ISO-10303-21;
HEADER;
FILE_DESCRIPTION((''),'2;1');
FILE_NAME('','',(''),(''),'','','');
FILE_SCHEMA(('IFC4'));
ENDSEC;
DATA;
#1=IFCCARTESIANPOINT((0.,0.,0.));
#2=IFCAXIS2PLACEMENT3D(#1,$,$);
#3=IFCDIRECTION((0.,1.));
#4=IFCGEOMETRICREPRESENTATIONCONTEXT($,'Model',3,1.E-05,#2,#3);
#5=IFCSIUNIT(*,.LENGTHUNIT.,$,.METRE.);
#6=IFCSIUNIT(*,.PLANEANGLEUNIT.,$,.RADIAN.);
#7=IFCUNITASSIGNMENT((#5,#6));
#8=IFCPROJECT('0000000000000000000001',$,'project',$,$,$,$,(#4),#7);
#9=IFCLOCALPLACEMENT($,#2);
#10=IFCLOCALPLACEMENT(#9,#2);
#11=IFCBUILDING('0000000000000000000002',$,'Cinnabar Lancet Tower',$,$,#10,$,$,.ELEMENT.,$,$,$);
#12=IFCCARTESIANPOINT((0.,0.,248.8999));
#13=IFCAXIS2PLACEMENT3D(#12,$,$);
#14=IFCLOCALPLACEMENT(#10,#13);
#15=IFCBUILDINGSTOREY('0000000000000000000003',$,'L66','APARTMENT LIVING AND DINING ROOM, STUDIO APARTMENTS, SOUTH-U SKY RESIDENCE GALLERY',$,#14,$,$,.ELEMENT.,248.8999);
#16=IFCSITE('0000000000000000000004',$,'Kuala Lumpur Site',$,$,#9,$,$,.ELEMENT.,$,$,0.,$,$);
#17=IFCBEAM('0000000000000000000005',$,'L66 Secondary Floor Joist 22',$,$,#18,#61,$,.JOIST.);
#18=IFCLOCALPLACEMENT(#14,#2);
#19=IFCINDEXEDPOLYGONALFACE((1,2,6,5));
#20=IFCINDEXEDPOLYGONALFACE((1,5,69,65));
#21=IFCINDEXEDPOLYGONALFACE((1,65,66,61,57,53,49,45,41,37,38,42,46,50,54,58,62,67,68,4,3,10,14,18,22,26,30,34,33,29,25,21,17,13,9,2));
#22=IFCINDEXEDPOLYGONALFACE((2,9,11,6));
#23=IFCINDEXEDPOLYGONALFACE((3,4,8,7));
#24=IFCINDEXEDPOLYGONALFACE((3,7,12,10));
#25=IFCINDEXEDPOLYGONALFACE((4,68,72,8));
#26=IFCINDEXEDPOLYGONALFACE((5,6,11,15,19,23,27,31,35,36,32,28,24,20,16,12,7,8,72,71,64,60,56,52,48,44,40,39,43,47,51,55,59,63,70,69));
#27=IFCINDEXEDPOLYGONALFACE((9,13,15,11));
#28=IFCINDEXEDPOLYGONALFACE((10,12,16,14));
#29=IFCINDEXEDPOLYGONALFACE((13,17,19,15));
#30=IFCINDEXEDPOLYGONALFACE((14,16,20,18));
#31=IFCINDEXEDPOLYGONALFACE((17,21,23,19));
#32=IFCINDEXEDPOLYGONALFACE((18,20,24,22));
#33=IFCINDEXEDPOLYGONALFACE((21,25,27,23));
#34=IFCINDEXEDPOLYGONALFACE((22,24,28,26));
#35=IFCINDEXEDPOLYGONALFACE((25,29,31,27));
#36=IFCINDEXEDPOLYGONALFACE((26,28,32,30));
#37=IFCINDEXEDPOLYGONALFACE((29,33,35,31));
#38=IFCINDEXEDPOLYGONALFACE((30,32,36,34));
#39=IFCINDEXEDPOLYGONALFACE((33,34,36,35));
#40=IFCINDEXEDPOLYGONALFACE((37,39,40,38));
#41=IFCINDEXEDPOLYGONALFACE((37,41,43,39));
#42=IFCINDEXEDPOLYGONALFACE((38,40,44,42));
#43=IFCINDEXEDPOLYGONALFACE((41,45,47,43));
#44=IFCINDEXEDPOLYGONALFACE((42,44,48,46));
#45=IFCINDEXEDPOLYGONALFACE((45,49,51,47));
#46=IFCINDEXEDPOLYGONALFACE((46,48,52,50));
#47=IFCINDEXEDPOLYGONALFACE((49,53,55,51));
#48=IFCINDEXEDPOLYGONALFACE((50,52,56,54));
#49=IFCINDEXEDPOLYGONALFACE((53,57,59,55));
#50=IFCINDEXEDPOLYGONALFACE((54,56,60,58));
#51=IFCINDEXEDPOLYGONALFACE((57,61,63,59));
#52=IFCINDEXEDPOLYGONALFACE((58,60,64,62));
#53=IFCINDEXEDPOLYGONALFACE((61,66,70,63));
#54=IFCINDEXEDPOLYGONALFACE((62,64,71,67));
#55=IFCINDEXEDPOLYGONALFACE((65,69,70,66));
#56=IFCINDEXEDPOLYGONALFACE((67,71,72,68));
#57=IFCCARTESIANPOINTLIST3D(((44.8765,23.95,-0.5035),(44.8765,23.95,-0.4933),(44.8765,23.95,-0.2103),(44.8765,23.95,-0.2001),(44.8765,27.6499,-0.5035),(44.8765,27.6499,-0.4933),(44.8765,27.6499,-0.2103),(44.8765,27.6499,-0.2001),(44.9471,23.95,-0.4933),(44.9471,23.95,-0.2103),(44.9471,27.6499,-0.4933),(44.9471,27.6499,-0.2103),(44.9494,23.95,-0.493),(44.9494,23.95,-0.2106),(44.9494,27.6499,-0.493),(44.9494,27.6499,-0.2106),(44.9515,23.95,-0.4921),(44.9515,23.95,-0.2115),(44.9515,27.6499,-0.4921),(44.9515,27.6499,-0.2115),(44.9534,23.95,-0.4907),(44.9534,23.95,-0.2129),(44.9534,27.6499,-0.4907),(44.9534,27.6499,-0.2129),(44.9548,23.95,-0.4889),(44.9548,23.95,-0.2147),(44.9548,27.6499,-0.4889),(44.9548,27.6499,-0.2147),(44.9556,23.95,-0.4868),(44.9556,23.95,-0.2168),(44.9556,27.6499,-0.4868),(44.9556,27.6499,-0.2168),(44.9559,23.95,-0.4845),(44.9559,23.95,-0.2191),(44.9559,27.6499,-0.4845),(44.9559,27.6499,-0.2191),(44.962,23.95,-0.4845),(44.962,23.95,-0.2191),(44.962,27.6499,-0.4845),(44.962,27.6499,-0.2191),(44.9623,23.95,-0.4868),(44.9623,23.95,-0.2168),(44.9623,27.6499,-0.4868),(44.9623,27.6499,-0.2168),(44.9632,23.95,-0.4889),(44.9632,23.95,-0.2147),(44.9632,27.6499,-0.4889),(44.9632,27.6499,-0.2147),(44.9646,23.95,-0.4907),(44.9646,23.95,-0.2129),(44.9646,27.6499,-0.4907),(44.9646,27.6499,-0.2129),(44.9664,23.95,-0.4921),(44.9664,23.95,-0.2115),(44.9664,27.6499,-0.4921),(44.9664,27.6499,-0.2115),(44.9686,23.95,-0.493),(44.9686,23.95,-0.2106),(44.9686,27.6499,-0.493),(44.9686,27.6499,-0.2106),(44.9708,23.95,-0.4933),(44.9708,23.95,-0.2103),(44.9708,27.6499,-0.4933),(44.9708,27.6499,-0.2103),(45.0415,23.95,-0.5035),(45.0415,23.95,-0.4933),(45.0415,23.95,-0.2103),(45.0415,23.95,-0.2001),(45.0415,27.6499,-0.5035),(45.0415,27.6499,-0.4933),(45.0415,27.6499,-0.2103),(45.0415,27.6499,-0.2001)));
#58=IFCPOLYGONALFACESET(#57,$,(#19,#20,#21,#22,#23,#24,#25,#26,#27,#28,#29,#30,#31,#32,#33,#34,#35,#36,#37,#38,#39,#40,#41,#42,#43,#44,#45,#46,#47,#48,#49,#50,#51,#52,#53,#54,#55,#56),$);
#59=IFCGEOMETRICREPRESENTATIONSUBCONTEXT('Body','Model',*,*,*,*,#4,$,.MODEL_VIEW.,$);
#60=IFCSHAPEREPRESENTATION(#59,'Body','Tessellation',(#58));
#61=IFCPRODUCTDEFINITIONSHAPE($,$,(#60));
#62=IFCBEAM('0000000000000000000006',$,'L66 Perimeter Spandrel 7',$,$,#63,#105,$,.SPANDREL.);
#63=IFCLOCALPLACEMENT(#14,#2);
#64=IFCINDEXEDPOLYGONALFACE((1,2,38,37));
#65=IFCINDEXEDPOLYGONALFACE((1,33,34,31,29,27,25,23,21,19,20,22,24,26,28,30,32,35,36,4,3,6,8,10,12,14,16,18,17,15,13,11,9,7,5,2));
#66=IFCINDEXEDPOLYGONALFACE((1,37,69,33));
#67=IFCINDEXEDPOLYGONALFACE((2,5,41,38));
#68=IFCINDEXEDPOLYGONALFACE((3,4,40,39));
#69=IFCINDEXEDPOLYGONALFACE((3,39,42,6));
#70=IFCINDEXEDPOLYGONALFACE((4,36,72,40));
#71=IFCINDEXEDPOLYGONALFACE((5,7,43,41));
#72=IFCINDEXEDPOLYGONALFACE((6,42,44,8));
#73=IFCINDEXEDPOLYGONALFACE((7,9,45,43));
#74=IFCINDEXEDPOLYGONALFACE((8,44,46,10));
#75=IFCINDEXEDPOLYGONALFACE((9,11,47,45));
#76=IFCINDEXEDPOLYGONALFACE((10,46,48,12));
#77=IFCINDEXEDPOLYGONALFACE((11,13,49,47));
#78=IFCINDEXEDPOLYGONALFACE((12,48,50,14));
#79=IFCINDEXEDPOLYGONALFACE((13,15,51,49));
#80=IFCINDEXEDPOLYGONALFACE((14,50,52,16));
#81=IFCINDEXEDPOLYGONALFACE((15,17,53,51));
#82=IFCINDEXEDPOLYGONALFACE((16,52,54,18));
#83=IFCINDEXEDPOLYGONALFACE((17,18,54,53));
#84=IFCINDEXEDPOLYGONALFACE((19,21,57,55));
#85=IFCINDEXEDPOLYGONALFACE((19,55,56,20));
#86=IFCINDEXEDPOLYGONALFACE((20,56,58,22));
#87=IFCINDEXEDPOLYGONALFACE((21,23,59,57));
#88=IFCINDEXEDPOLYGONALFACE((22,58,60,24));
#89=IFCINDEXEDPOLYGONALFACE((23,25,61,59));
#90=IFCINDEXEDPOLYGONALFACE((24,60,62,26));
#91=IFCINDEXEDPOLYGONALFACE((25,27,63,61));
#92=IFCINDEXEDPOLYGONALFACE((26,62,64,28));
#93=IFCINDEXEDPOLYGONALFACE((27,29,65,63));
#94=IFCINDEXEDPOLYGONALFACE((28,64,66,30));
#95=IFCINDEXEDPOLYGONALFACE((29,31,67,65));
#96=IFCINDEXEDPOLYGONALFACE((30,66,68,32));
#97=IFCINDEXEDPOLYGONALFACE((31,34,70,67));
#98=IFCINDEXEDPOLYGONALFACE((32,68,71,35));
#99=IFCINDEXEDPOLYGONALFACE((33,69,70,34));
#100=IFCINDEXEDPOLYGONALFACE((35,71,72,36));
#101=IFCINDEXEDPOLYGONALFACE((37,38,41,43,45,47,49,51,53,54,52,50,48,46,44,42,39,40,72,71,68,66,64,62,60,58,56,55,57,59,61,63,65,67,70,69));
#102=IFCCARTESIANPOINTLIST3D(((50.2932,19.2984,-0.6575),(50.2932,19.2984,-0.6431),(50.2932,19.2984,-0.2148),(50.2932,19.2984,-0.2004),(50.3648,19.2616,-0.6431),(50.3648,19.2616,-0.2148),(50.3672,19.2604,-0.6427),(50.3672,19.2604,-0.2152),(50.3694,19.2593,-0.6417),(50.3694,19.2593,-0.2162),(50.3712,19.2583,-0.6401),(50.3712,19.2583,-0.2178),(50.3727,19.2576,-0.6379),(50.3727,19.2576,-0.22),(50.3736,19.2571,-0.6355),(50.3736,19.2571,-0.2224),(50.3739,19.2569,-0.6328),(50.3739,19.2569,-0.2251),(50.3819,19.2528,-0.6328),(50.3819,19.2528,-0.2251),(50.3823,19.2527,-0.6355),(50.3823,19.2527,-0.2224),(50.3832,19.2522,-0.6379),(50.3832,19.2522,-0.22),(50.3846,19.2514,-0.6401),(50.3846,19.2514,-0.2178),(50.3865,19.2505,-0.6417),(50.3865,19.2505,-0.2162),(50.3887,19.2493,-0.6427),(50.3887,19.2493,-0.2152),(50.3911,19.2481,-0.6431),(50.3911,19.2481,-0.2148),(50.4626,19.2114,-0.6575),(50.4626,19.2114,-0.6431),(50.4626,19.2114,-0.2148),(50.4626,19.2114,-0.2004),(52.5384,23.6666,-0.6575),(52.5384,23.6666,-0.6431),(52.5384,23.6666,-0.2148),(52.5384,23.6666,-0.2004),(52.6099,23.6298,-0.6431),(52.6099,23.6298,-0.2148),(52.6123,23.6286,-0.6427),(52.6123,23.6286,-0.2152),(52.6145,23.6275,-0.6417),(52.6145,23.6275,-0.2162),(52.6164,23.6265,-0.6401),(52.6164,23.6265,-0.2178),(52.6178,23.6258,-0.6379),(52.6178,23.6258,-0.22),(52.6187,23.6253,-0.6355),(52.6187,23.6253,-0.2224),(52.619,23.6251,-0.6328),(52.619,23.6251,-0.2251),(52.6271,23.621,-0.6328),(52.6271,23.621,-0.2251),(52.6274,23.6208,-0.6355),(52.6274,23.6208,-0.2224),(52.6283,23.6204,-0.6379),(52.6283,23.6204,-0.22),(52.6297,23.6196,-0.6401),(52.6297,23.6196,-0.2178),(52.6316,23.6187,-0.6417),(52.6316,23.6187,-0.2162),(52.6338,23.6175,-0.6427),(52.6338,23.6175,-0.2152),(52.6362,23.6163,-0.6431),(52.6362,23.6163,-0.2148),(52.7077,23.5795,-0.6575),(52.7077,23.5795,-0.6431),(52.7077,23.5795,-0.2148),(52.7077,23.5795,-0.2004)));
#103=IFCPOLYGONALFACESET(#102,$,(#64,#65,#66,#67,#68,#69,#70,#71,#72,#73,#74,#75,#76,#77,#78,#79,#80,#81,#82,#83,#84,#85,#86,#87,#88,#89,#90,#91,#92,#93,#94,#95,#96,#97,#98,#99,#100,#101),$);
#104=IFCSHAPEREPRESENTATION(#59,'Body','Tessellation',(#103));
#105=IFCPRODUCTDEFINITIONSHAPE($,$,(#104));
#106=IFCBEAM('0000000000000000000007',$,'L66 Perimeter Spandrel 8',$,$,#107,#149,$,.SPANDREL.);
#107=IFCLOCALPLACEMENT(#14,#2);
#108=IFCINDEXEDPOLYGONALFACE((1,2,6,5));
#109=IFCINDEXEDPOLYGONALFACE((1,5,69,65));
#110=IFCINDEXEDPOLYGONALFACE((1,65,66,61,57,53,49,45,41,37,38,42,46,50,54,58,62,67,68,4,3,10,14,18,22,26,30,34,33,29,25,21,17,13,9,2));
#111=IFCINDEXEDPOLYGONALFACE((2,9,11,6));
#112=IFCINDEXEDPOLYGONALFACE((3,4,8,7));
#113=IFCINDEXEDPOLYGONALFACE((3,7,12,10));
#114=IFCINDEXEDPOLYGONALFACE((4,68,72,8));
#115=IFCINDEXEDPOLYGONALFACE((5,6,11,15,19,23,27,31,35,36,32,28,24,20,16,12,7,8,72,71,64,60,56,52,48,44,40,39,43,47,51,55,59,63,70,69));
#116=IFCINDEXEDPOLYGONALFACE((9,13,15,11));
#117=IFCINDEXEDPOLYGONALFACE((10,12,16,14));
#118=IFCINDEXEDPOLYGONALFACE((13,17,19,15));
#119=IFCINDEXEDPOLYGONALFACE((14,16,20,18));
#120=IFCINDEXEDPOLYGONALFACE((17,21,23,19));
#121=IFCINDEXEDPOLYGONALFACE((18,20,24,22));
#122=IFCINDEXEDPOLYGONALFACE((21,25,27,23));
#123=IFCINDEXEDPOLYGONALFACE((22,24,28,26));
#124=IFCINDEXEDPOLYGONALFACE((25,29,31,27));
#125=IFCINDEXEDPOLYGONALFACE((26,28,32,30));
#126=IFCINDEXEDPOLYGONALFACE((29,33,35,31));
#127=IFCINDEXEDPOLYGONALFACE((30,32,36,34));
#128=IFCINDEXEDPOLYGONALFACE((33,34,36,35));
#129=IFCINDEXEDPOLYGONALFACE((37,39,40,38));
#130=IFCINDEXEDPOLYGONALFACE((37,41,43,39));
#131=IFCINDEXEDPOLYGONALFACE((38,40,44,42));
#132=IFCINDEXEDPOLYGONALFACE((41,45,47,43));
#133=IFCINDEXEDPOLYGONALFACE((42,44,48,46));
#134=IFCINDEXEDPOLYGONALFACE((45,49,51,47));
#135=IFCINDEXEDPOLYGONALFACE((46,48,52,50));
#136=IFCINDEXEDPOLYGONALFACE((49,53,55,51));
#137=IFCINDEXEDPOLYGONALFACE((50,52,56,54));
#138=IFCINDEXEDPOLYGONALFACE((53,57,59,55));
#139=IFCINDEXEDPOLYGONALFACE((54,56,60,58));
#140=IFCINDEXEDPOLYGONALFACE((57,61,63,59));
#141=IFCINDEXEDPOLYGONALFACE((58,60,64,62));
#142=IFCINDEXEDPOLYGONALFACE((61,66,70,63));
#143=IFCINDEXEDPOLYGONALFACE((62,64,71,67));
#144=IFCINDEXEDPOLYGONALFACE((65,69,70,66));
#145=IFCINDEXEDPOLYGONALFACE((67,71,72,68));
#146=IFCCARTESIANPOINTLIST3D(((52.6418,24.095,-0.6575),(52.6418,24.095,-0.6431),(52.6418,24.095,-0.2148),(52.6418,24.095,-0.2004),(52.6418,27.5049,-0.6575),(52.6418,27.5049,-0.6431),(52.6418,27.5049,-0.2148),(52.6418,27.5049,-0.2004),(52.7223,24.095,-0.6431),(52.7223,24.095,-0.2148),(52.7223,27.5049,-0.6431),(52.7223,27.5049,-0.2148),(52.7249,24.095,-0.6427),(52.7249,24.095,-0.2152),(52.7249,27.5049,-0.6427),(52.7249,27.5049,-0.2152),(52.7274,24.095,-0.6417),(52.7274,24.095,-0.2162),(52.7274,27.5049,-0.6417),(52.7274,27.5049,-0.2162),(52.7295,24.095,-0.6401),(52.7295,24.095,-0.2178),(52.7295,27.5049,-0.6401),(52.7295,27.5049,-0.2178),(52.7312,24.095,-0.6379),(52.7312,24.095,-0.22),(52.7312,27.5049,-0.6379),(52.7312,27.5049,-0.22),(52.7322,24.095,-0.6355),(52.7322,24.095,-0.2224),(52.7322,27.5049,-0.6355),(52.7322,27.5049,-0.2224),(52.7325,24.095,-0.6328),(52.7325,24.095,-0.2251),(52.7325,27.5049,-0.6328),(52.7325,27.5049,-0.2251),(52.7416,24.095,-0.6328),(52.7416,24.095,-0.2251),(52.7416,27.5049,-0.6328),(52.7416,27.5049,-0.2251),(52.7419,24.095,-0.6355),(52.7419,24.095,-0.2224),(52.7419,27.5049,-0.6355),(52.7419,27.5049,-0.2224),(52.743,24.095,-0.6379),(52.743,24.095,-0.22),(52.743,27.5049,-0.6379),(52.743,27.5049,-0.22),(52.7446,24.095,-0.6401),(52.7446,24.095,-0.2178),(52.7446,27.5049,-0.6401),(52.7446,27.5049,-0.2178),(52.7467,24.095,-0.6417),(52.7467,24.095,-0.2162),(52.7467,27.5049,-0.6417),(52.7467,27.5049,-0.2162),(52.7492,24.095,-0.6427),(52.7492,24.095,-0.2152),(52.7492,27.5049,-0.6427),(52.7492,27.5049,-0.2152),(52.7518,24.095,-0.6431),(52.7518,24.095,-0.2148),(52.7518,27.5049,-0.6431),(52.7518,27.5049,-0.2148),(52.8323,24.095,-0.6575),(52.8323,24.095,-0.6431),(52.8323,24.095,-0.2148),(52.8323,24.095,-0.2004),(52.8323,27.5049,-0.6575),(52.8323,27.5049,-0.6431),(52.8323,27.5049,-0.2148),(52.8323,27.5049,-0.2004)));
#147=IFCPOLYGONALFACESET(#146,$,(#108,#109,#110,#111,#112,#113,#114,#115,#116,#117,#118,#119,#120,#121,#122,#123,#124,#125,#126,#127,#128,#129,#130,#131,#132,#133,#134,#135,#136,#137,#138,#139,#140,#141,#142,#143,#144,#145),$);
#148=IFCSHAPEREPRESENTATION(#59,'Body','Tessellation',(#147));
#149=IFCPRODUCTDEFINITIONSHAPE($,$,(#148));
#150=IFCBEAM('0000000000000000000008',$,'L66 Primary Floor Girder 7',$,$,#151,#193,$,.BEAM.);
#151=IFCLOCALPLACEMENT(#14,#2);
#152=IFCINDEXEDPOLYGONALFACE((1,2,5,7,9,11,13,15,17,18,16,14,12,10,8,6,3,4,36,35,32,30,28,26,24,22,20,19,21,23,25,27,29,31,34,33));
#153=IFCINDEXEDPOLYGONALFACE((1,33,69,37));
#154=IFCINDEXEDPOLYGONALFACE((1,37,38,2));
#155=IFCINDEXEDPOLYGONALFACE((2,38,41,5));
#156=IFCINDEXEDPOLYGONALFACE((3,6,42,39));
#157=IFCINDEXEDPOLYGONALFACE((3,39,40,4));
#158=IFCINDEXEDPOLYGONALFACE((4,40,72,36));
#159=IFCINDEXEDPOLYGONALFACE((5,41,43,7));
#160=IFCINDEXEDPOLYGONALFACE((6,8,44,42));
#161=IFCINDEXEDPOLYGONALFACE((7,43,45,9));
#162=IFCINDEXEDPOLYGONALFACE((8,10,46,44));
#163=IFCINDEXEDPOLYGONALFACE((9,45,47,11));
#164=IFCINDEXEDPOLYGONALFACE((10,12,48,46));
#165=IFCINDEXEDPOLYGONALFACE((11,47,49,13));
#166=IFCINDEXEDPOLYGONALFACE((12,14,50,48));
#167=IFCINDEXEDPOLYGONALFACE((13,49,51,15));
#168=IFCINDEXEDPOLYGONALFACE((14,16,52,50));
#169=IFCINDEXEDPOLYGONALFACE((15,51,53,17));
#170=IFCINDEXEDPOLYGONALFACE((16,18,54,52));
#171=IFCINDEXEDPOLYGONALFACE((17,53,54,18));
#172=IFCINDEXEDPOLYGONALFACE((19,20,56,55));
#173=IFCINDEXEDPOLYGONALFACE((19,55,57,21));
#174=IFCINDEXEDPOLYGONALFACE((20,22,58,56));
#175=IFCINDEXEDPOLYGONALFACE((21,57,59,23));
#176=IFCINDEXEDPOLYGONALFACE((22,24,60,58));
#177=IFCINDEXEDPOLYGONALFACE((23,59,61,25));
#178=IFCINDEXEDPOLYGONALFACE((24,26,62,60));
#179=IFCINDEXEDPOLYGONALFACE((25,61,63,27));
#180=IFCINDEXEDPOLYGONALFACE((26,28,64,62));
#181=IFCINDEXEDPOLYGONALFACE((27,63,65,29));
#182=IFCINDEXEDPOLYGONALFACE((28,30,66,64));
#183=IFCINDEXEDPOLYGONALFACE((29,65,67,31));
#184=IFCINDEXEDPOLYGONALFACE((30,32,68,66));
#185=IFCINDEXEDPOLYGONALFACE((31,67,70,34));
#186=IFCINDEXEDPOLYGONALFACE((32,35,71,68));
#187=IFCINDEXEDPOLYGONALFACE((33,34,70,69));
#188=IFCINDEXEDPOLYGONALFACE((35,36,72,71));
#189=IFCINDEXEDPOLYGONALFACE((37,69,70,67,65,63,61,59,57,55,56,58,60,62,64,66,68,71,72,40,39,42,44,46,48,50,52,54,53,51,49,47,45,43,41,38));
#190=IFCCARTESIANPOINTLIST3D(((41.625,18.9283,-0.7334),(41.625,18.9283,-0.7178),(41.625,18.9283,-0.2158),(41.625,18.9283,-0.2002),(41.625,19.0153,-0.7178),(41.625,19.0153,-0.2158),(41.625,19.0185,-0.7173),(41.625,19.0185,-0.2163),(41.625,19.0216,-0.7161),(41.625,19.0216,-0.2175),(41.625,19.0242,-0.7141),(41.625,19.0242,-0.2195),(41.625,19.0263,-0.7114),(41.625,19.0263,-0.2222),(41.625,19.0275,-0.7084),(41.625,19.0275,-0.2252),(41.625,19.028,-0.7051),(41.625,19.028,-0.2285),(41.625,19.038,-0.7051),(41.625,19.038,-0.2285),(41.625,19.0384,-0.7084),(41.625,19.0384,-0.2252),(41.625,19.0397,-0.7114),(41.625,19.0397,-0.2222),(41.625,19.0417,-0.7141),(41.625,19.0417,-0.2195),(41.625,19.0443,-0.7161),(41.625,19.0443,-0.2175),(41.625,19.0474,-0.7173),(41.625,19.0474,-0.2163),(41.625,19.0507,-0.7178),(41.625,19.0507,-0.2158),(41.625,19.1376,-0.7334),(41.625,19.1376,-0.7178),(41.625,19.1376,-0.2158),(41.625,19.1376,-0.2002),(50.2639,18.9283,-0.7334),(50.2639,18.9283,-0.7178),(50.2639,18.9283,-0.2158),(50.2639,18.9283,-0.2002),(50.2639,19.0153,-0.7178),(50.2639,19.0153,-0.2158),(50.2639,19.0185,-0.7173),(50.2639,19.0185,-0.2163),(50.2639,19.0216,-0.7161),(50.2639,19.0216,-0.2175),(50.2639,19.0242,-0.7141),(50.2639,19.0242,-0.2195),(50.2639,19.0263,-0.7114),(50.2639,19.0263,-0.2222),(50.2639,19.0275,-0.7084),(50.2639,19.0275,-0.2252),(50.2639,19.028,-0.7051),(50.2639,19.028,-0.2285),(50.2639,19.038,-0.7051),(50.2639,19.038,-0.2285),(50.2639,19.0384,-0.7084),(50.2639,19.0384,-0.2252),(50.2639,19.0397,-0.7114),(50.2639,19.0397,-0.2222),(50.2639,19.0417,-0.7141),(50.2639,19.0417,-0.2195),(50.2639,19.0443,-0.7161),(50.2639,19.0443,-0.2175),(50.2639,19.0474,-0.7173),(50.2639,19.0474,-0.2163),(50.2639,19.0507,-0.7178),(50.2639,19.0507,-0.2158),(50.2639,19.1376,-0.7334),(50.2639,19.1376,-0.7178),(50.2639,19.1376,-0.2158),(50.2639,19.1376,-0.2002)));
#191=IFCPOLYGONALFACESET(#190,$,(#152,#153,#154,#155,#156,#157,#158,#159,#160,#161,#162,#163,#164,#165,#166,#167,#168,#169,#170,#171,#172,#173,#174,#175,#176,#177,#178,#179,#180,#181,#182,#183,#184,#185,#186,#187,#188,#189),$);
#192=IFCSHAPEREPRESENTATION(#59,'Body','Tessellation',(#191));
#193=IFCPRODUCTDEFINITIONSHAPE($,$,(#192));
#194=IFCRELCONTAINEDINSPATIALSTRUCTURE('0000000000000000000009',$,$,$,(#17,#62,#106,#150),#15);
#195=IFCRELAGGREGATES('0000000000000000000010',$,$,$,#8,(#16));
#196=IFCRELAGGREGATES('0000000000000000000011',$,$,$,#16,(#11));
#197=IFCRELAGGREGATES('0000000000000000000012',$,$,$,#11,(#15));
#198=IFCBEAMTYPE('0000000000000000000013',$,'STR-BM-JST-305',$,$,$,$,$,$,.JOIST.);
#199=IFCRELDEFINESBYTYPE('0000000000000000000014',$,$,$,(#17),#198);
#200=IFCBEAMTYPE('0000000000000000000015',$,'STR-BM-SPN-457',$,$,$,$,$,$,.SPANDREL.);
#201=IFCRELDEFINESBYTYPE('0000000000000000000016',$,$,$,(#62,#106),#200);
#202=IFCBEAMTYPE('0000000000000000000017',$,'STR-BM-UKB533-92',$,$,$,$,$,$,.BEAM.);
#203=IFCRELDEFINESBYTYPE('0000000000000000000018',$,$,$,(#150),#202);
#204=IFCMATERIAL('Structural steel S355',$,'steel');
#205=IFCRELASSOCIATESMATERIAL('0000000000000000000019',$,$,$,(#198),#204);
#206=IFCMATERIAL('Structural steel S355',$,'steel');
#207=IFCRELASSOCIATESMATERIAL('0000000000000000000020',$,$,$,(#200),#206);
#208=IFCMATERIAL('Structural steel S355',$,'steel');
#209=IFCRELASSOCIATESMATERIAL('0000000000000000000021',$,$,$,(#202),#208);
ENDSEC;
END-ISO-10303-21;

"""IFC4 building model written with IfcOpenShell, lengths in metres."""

from ifc_helpers import new_model, si_unit, direction, frame, origin, origin_2d, place, context, subcontext, project, spatial, i_section, extrude, material, material_profile, profile_set, type_object, element, save


model = new_model("IFC4")

# Units and contexts
model_context = context("Model", 3, precision=1e-05, world=origin(), true_north=direction((0.0, 1.0)))
body_context = subcontext(model_context, "Body", "Model", "MODEL_VIEW")
ifc_project = project(units=[si_unit("LENGTHUNIT", "METRE"), si_unit("PLANEANGLEUNIT", "RADIAN")], contexts=[model_context])

# Site, building, storey
site_placement = place(None, origin())
site = spatial("IfcSite", under=ifc_project, at=site_placement, Name="Kuala Lumpur Site", CompositionType="ELEMENT", RefElevation=0.0)
building_placement = place(site_placement, origin())
building = spatial("IfcBuilding", under=site, at=building_placement, Name="Cinnabar Lancet Tower", CompositionType="ELEMENT")
storey_placement = place(building_placement, frame((0.0, 0.0, 248.8999)))
storey = spatial("IfcBuildingStorey", under=building, at=storey_placement, Name="L66", Description="APARTMENT LIVING AND DINING ROOM, STUDIO APARTMENTS, SOUTH-U SKY RESIDENCE GALLERY", CompositionType="ELEMENT", Elevation=248.8999)

# Beams
ifc_material_1 = material(Name="Structural steel S355", Category="steel")
ifc_material_profile_1 = material_profile(ifc_material_1, i_section(OverallWidth=0.165, OverallDepth=0.3035, WebThickness=0.0061, FlangeThickness=0.0103, FilletRadius=0.0088, at=origin_2d()), Name="UKB 305x165x40")
ifc_profile_set_1 = profile_set([ifc_material_profile_1], Name="Structural steel S355")
beam_type_1 = type_object("IfcBeamType", Name="STR-BM-JST-305", PredefinedType="JOIST", material=ifc_profile_set_1)
for number, where, z_axis, x_axis, name in (
    (1, (44.959, 23.95, -0.3518), (0.0, 1.0, 0.0), (-1.0, 0.0, 0.0), "L66 Secondary Floor Joist 22"),
):
    element("IfcBeam", number, at=place(storey_placement, frame(where, z_axis=z_axis, x_axis=x_axis)), inside=storey, type_object=beam_type_1, Name=name, PredefinedType="JOIST", context=body_context, shape_type="SweptSolid", body=[
        extrude(i_section(OverallWidth=0.165, OverallDepth=0.3035, WebThickness=0.0061, FlangeThickness=0.0103, FilletRadius=0.0088, at=origin_2d()), origin(), (0.0, 0.0, 1.0), 3.7),
    ])
ifc_material_2 = material(Name="Structural steel S355", Category="steel")
ifc_material_profile_2 = material_profile(ifc_material_2, i_section(OverallWidth=0.1904, OverallDepth=0.457, WebThickness=0.009, FlangeThickness=0.0144, FilletRadius=0.0103, at=origin_2d()), Name="UKB 457x191x74")
ifc_profile_set_2 = profile_set([ifc_material_profile_2], Name="Structural steel S355")
beam_type_2 = type_object("IfcBeamType", Name="STR-BM-SPN-457", PredefinedType="SPANDREL", material=ifc_profile_set_2)
beam_1_placement = place(storey_placement, frame((50.3779, 19.2549, -0.429), z_axis=(0.457128, 0.889401, 0.0), x_axis=(-0.889401, 0.457128, 0.0)))
element("IfcBeam", 2, at=beam_1_placement, inside=storey, type_object=beam_type_2, Name="L66 Perimeter Spandrel 7", PredefinedType="SPANDREL", context=body_context, shape_type="SweptSolid", body=[
    extrude(i_section(OverallWidth=0.1904, OverallDepth=0.457, WebThickness=0.009, FlangeThickness=0.0144, FilletRadius=0.0103, at=origin_2d()), origin(), (0.0, 0.0, 1.0), 4.9114),
])
beam_2_placement = place(storey_placement, frame((52.7371, 24.095, -0.429), z_axis=(0.0, 1.0, 0.0), x_axis=(-1.0, 0.0, 0.0)))
element("IfcBeam", 3, at=beam_2_placement, inside=storey, type_object=beam_type_2, Name="L66 Perimeter Spandrel 8", PredefinedType="SPANDREL", context=body_context, shape_type="SweptSolid", body=[
    extrude(i_section(OverallWidth=0.1904, OverallDepth=0.457, WebThickness=0.009, FlangeThickness=0.0144, FilletRadius=0.0103, at=origin_2d()), origin(), (0.0, 0.0, 1.0), 3.4099),
])
ifc_material_3 = material(Name="Structural steel S355", Category="steel")
ifc_material_profile_3 = material_profile(ifc_material_3, i_section(OverallWidth=0.2092, OverallDepth=0.5332, WebThickness=0.01, FlangeThickness=0.0156, FilletRadius=0.0127, at=origin_2d()), Name="UKB 533x210x92")
ifc_profile_set_3 = profile_set([ifc_material_profile_3], Name="Structural steel S355")
beam_type_3 = type_object("IfcBeamType", Name="STR-BM-UKB533-92", PredefinedType="BEAM", material=ifc_profile_set_3)
beam_3_placement = place(storey_placement, frame((50.2639, 19.033, -0.4668), z_axis=(-1.0, 0.0, 0.0), x_axis=(0.0, -1.0, 0.0)))
element("IfcBeam", 4, at=beam_3_placement, inside=storey, type_object=beam_type_3, Name="L66 Primary Floor Girder 7", PredefinedType="BEAM", context=body_context, shape_type="SweptSolid", body=[
    extrude(i_section(OverallWidth=0.2092, OverallDepth=0.5332, WebThickness=0.01, FlangeThickness=0.0156, FilletRadius=0.0127, at=origin_2d()), origin(), (0.0, 0.0, 1.0), 8.6389),
])

save(model, "model.ifc")
